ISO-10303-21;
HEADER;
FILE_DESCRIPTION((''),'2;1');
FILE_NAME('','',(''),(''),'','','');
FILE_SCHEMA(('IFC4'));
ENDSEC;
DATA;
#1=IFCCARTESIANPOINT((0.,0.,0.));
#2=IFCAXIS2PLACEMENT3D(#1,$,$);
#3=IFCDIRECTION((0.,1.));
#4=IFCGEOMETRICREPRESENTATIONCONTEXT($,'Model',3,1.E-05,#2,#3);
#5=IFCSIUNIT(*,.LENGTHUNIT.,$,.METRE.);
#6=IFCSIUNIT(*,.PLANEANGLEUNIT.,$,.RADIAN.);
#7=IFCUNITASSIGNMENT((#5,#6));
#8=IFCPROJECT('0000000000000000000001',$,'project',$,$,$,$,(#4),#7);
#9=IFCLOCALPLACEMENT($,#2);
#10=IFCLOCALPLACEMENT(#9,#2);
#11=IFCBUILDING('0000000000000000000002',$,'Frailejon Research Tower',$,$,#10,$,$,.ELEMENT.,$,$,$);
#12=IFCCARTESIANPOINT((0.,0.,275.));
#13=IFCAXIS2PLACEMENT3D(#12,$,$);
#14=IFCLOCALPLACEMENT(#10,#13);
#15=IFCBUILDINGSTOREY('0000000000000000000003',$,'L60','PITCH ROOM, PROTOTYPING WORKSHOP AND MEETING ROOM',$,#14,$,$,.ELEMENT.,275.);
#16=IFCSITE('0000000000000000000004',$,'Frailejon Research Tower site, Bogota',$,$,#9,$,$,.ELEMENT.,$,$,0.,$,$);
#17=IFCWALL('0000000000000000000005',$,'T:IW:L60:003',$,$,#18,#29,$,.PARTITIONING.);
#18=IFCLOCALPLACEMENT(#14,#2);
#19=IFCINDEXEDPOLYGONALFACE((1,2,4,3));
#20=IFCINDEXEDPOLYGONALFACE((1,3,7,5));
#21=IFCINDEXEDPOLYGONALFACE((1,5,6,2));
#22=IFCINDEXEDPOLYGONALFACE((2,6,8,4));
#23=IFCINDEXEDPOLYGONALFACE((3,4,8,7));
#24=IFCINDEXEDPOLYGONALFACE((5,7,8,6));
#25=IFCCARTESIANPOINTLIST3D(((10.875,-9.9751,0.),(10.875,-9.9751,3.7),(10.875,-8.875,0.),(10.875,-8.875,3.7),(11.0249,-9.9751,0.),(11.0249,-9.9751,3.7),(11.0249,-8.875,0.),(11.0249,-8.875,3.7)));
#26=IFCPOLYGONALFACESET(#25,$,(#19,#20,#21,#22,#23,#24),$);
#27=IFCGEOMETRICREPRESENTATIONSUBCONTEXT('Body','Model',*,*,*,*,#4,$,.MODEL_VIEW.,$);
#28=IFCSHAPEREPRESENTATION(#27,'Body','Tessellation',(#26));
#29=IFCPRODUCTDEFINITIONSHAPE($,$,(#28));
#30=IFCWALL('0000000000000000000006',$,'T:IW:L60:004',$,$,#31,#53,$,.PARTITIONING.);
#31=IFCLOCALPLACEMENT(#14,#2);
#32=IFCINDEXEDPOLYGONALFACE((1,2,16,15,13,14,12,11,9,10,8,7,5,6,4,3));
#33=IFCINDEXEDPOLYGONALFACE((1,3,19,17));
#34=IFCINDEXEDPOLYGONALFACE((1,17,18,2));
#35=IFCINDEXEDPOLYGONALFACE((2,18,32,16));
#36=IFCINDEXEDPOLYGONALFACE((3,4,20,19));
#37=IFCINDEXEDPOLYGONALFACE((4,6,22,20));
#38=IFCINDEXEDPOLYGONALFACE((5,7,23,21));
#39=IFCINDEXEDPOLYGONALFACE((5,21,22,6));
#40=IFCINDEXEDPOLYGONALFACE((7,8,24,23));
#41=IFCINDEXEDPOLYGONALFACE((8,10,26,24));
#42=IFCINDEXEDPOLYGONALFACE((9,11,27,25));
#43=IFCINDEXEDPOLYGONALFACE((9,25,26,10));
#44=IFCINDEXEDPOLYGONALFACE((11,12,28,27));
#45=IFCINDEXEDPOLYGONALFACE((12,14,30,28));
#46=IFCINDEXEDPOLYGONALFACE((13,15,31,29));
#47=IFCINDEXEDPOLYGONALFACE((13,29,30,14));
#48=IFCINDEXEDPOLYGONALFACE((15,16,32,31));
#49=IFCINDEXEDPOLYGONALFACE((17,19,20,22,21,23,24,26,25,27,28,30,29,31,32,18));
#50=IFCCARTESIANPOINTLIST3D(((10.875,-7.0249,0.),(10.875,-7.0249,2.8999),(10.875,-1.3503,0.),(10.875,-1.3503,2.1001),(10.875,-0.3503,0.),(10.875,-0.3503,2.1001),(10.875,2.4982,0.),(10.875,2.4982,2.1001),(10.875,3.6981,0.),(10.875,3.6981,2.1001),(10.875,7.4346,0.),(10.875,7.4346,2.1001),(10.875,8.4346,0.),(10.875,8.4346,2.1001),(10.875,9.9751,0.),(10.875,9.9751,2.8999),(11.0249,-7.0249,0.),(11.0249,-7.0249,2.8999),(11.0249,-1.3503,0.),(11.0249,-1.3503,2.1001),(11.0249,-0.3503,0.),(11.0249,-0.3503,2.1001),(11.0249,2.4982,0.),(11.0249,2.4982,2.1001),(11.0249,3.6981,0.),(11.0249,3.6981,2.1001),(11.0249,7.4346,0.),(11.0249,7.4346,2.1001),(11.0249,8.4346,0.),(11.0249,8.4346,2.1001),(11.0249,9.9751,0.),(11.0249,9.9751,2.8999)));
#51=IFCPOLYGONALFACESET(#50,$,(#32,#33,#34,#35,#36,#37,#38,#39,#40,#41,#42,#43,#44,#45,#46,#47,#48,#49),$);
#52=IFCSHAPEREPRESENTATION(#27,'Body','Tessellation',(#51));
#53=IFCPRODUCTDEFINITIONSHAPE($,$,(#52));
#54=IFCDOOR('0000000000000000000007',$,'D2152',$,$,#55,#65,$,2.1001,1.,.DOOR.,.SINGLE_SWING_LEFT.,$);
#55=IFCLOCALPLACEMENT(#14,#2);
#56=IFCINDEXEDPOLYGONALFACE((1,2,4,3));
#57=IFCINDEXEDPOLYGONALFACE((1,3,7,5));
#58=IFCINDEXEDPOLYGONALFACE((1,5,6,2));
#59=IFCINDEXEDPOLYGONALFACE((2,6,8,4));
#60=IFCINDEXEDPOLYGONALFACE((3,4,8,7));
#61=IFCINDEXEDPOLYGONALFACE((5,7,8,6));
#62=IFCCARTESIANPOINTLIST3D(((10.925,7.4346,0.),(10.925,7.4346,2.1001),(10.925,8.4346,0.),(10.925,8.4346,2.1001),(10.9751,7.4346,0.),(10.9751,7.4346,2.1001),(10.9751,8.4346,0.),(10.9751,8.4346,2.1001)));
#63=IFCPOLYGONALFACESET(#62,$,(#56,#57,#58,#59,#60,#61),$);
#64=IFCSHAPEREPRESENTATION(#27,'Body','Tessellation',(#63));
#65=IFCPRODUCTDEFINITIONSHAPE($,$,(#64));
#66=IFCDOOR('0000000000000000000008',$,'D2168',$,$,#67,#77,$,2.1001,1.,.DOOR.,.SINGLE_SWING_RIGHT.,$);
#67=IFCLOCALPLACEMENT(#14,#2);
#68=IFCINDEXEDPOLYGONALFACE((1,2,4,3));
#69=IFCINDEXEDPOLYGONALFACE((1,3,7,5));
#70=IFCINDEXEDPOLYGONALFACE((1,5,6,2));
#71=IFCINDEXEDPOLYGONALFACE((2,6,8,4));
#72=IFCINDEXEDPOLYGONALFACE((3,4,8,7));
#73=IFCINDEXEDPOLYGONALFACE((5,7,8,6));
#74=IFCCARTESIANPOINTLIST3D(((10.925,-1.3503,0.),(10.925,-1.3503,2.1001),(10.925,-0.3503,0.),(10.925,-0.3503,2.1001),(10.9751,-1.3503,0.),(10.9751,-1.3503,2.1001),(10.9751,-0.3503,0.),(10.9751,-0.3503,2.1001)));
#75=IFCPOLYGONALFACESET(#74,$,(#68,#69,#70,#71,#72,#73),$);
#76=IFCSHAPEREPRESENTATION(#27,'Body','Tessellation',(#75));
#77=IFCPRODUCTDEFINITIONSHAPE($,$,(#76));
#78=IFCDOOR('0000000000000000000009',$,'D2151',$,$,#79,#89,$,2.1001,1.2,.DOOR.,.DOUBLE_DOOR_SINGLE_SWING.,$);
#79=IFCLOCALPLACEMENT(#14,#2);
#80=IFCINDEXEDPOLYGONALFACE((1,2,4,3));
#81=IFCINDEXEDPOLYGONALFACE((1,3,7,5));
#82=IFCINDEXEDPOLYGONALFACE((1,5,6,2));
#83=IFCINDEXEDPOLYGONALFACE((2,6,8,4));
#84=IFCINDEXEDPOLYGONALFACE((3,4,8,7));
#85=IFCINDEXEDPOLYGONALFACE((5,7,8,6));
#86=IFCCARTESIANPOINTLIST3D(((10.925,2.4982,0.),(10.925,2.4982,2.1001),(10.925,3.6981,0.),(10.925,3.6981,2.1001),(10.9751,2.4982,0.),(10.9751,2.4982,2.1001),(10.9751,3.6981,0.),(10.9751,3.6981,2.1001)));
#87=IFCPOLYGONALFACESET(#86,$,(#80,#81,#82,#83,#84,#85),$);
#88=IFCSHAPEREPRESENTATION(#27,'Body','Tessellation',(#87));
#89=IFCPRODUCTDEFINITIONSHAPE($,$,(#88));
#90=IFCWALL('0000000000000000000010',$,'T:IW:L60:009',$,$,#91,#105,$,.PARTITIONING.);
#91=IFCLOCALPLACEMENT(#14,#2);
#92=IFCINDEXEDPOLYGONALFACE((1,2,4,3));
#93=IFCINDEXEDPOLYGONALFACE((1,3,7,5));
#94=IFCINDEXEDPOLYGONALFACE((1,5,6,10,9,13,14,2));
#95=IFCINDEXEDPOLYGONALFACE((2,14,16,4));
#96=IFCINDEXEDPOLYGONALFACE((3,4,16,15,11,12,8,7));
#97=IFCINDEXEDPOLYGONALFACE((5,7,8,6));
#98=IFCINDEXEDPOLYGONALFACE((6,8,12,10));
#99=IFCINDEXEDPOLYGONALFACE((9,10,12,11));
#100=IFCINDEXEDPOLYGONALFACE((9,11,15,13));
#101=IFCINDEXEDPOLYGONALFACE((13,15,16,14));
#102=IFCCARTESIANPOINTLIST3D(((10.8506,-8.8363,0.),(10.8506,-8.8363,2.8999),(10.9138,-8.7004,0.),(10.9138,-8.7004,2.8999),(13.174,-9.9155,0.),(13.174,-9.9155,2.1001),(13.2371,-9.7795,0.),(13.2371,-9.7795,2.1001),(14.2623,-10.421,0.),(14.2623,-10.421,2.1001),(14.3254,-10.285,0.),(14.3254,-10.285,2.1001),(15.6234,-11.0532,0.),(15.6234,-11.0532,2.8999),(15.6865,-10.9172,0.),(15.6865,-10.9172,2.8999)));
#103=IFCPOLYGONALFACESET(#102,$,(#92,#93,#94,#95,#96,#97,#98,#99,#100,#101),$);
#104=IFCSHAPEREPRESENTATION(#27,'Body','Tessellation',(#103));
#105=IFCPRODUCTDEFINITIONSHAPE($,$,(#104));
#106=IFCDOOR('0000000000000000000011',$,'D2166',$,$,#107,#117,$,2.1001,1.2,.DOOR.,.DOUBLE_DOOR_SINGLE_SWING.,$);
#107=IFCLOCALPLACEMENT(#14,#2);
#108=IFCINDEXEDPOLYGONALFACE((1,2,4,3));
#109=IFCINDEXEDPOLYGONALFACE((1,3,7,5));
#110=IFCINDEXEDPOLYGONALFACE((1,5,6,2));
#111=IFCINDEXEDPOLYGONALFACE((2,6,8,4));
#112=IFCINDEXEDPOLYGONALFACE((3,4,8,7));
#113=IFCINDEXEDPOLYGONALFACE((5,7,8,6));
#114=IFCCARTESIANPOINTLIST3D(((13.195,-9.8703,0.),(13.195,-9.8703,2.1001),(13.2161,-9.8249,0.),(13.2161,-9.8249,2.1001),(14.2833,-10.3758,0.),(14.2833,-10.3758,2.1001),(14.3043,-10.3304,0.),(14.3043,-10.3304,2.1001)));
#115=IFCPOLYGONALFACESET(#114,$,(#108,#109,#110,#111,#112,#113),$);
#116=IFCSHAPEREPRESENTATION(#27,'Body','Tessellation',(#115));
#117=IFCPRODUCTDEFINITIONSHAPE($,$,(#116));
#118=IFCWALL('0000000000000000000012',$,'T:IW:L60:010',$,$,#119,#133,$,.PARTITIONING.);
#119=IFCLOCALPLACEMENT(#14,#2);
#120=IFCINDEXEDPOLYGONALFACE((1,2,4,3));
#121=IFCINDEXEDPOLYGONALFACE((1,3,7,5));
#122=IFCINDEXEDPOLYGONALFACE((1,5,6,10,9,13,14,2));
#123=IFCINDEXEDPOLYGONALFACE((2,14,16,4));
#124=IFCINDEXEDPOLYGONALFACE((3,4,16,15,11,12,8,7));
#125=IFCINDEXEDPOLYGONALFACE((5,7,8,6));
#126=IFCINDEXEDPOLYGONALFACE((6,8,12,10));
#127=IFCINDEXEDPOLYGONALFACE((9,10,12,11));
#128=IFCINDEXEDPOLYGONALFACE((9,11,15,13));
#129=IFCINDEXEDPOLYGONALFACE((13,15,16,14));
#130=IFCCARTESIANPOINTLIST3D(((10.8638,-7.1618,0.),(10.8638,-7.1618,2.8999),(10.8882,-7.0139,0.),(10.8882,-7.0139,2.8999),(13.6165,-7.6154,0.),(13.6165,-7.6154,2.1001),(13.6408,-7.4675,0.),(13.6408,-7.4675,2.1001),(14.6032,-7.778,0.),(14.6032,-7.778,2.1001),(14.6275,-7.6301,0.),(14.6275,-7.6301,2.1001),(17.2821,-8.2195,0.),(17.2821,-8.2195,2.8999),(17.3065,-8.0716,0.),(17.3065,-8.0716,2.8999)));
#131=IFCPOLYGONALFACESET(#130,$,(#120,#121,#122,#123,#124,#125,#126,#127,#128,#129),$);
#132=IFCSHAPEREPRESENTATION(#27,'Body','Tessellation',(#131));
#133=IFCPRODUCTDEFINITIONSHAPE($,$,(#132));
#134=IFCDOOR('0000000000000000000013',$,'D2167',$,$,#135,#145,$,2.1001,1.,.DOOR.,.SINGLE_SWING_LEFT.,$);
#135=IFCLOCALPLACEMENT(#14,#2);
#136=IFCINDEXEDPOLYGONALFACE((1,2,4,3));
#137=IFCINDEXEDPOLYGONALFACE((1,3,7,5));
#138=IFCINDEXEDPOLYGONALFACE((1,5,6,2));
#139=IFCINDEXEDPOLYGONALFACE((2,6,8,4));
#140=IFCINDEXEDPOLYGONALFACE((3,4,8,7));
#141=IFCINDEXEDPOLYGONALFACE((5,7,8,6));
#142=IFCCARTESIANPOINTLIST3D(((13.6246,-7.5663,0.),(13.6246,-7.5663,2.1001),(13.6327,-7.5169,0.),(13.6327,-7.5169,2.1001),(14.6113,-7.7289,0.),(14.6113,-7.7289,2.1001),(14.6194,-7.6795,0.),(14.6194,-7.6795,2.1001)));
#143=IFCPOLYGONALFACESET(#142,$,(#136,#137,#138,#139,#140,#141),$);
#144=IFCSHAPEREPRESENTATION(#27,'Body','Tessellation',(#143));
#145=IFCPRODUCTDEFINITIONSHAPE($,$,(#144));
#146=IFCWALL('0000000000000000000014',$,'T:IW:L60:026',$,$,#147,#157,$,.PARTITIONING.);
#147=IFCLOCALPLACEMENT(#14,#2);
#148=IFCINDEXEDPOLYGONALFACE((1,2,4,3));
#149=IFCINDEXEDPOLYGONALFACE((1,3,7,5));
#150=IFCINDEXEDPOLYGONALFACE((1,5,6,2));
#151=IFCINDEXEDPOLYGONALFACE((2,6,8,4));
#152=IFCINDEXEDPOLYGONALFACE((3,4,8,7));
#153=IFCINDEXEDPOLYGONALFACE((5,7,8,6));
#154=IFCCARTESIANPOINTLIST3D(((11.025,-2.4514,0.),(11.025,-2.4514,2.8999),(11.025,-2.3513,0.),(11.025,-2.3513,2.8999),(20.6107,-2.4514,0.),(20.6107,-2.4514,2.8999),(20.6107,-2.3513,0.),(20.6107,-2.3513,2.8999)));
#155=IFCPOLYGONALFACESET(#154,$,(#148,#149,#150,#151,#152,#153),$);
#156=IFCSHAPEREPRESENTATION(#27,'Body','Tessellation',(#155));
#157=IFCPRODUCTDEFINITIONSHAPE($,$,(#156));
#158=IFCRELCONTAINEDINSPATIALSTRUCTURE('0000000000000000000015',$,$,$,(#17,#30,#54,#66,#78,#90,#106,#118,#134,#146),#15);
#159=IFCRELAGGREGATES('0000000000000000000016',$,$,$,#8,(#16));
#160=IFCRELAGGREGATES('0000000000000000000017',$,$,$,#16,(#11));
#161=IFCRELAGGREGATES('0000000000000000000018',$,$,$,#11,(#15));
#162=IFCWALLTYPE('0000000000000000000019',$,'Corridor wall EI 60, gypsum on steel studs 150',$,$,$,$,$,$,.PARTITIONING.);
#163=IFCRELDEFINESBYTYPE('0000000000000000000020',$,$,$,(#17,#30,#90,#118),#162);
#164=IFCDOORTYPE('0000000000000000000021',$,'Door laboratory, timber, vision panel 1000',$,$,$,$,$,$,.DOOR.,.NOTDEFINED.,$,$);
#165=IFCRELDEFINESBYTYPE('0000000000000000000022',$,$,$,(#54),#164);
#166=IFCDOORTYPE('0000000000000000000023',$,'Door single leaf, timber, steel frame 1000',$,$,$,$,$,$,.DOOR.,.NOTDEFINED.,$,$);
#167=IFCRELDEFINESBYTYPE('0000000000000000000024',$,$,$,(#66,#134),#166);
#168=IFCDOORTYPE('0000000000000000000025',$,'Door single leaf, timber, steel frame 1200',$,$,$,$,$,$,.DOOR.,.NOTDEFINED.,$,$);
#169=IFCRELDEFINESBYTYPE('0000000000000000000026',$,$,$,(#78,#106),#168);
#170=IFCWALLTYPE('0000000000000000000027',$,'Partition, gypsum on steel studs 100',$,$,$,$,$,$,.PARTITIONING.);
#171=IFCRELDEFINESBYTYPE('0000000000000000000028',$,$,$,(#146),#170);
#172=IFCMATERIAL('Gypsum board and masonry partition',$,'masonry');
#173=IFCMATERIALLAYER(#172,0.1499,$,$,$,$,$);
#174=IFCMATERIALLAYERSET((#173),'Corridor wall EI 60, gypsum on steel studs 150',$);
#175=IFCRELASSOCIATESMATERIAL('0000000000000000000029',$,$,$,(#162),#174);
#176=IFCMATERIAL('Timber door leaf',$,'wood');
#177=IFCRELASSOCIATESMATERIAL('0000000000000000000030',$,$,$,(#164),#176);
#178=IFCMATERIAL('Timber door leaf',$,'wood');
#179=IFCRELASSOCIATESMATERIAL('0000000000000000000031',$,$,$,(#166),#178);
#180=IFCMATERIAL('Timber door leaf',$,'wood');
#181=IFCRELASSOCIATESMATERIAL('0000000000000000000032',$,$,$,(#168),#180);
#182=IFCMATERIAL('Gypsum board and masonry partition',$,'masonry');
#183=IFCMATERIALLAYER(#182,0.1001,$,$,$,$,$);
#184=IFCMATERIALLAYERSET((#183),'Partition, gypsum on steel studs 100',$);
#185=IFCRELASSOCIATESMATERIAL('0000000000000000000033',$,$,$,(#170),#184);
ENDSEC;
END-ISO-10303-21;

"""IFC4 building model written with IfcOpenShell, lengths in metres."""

from ifc_helpers import new_model, si_unit, direction, frame, frame_2d, origin, place, context, subcontext, project, spatial, rectangle, extrude, material, layer, layer_set, type_object, element, fill, save


model = new_model("IFC4")

# Units and contexts
model_context = context("Model", 3, precision=1e-05, world=origin(), true_north=direction((0.0, 1.0)))
body_context = subcontext(model_context, "Body", "Model", "MODEL_VIEW")
ifc_project = project(units=[si_unit("LENGTHUNIT", "METRE"), si_unit("PLANEANGLEUNIT", "RADIAN")], contexts=[model_context])

# Site, building, storey
site_placement = place(None, origin())
site = spatial("IfcSite", under=ifc_project, at=site_placement, Name="Frailejon Research Tower site, Bogota", CompositionType="ELEMENT", RefElevation=0.0)
building_placement = place(site_placement, origin())
building = spatial("IfcBuilding", under=site, at=building_placement, Name="Frailejon Research Tower", CompositionType="ELEMENT")
storey_placement = place(building_placement, frame((0.0, 0.0, 275.0)))
storey = spatial("IfcBuildingStorey", under=building, at=storey_placement, Name="L60", Description="PITCH ROOM, PROTOTYPING WORKSHOP AND MEETING ROOM", CompositionType="ELEMENT", Elevation=275.0)

# Wall
ifc_material_1 = material(Name="Gypsum board and masonry partition", Category="masonry")
ifc_layer_1 = layer(ifc_material_1, 0.1499)
ifc_layer_set_1 = layer_set([ifc_layer_1], Name="Corridor wall EI 60, gypsum on steel studs 150")
wall_type_1 = type_object("IfcWallType", Name="Corridor wall EI 60, gypsum on steel studs 150", PredefinedType="PARTITIONING", material=ifc_layer_set_1)
wall_1_placement = place(storey_placement, frame((10.95, -9.9751, 0.0), z_axis=(0.0, 0.0, 1.0), x_axis=(0.0, 1.0, 0.0)))
element("IfcWall", 1, at=wall_1_placement, inside=storey, type_object=wall_type_1, Name="T:IW:L60:003", PredefinedType="PARTITIONING", context=body_context, shape_type="SweptSolid", body=[
    extrude(rectangle(XDim=1.1001, YDim=0.1499, at=frame_2d((0.55, 0.0))), origin(), (0.0, 0.0, 1.0), 3.7),
])

# Wall, openings, doors
wall_2_placement = place(storey_placement, frame((10.95, -7.0249, 0.0), z_axis=(0.0, 0.0, 1.0), x_axis=(0.0, 1.0, 0.0)))
wall_2 = element("IfcWall", 2, at=wall_2_placement, inside=storey, type_object=wall_type_1, Name="T:IW:L60:004", PredefinedType="PARTITIONING", context=body_context, shape_type="SweptSolid", body=[
    extrude(rectangle(XDim=17.0, YDim=0.1499, at=frame_2d((8.5, 0.0))), origin(), (0.0, 0.0, 1.0), 2.8999),
])
opening_1_placement = place(wall_2_placement, frame((9.5229, 0.0, 0.0)))
opening_1 = element("IfcOpeningElement", 3, at=opening_1_placement, cuts=wall_2, PredefinedType="OPENING", context=body_context, shape_type="SweptSolid", body=[
    extrude(rectangle(XDim=1.2, YDim=2.1001, at=frame_2d((0.6001, 1.05))), frame((0.0, 0.085, 0.0), z_axis=(0.0, -1.0, 0.0), x_axis=(1.0, 0.0, 0.0)), (0.0, 0.0, 1.0), 0.1699),
])
opening_2_placement = place(wall_2_placement, frame((14.4595, 0.0, 0.0)))
opening_2 = element("IfcOpeningElement", 4, at=opening_2_placement, cuts=wall_2, PredefinedType="OPENING", context=body_context, shape_type="SweptSolid", body=[
    extrude(rectangle(XDim=1.0, YDim=2.1001, at=frame_2d((0.5, 1.05))), frame((0.0, 0.085, 0.0), z_axis=(0.0, -1.0, 0.0), x_axis=(1.0, 0.0, 0.0)), (0.0, 0.0, 1.0), 0.1699),
])
opening_3_placement = place(wall_2_placement, frame((5.6746, 0.0, 0.0)))
opening_3 = element("IfcOpeningElement", 5, at=opening_3_placement, cuts=wall_2, PredefinedType="OPENING", context=body_context, shape_type="SweptSolid", body=[
    extrude(rectangle(XDim=1.0, YDim=2.1001, at=frame_2d((0.5, 1.05))), frame((0.0, 0.085, 0.0), z_axis=(0.0, -1.0, 0.0), x_axis=(1.0, 0.0, 0.0)), (0.0, 0.0, 1.0), 0.1699),
])
ifc_material_2 = material(Name="Timber door leaf", Category="wood")
door_type_1 = type_object("IfcDoorType", Name="Door laboratory, timber, vision panel 1000", OperationType="NOTDEFINED", PredefinedType="DOOR", material=ifc_material_2)
door_1_placement = place(opening_2_placement, origin())
door_1 = element("IfcDoor", 6, at=door_1_placement, inside=storey, type_object=door_type_1, Name="D2152", OperationType="SINGLE_SWING_LEFT", OverallHeight=2.1001, OverallWidth=1.0, PredefinedType="DOOR", context=body_context, shape_type="SweptSolid", body=[
    extrude(rectangle(XDim=1.0, YDim=2.1001, at=frame_2d((0.5, 1.05))), frame((0.0, 0.0249, 0.0), z_axis=(0.0, -1.0, 0.0), x_axis=(1.0, 0.0, 0.0)), (0.0, 0.0, 1.0), 0.05),
])
fill(opening_2, door_1)
ifc_material_3 = material(Name="Timber door leaf", Category="wood")
door_type_2 = type_object("IfcDoorType", Name="Door single leaf, timber, steel frame 1000", OperationType="NOTDEFINED", PredefinedType="DOOR", material=ifc_material_3)
door_2_placement = place(opening_3_placement, origin())
door_2 = element("IfcDoor", 7, at=door_2_placement, inside=storey, type_object=door_type_2, Name="D2168", OperationType="SINGLE_SWING_RIGHT", OverallHeight=2.1001, OverallWidth=1.0, PredefinedType="DOOR", context=body_context, shape_type="SweptSolid", body=[
    extrude(rectangle(XDim=1.0, YDim=2.1001, at=frame_2d((0.5, 1.05))), frame((0.0, 0.0249, 0.0), z_axis=(0.0, -1.0, 0.0), x_axis=(1.0, 0.0, 0.0)), (0.0, 0.0, 1.0), 0.05),
])
fill(opening_3, door_2)
ifc_material_4 = material(Name="Timber door leaf", Category="wood")
door_type_3 = type_object("IfcDoorType", Name="Door single leaf, timber, steel frame 1200", OperationType="NOTDEFINED", PredefinedType="DOOR", material=ifc_material_4)
door_3_placement = place(opening_1_placement, origin())
door_3 = element("IfcDoor", 8, at=door_3_placement, inside=storey, type_object=door_type_3, Name="D2151", OperationType="DOUBLE_DOOR_SINGLE_SWING", OverallHeight=2.1001, OverallWidth=1.2, PredefinedType="DOOR", context=body_context, shape_type="SweptSolid", body=[
    extrude(rectangle(XDim=1.2, YDim=2.1001, at=frame_2d((0.6001, 1.05))), frame((0.0, 0.0249, 0.0), z_axis=(0.0, -1.0, 0.0), x_axis=(1.0, 0.0, 0.0)), (0.0, 0.0, 1.0), 0.05),
])
fill(opening_1, door_3)

# Walls, openings, doors
wall_3_placement = place(storey_placement, frame((10.8821, -8.7683, 0.0), z_axis=(0.0, 0.0, 1.0), x_axis=(0.906944, -0.421252, 0.0)))
wall_3 = element("IfcWall", 9, at=wall_3_placement, inside=storey, type_object=wall_type_1, Name="T:IW:L60:009", PredefinedType="PARTITIONING", context=body_context, shape_type="SweptSolid", body=[
    extrude(rectangle(XDim=5.2625, YDim=0.1499, at=frame_2d((2.6313, 0.0))), origin(), (0.0, 0.0, 1.0), 2.8999),
])
opening_4_placement = place(wall_3_placement, frame((2.5618, 0.0, 0.0)))
opening_4 = element("IfcOpeningElement", 10, at=opening_4_placement, cuts=wall_3, PredefinedType="OPENING", context=body_context, shape_type="SweptSolid", body=[
    extrude(rectangle(XDim=1.2, YDim=2.1001, at=frame_2d((0.6001, 1.05))), frame((0.0, 0.085, 0.0), z_axis=(0.0, -1.0, 0.0), x_axis=(1.0, 0.0, 0.0)), (0.0, 0.0, 1.0), 0.1699),
])
door_4_placement = place(opening_4_placement, origin())
door_4 = element("IfcDoor", 11, at=door_4_placement, inside=storey, type_object=door_type_3, Name="D2166", OperationType="DOUBLE_DOOR_SINGLE_SWING", OverallHeight=2.1001, OverallWidth=1.2, PredefinedType="DOOR", context=body_context, shape_type="SweptSolid", body=[
    extrude(rectangle(XDim=1.2, YDim=2.1001, at=frame_2d((0.6001, 1.05))), frame((0.0, 0.0249, 0.0), z_axis=(0.0, -1.0, 0.0), x_axis=(1.0, 0.0, 0.0)), (0.0, 0.0, 1.0), 0.05),
])
fill(opening_4, door_4)
wall_4_placement = place(storey_placement, frame((10.876, -7.0879, 0.0), z_axis=(0.0, 0.0, 1.0), x_axis=(0.986694, -0.162591, 0.0)))
wall_4 = element("IfcWall", 12, at=wall_4_placement, inside=storey, type_object=wall_type_1, Name="T:IW:L60:010", PredefinedType="PARTITIONING", context=body_context, shape_type="SweptSolid", body=[
    extrude(rectangle(XDim=6.5049, YDim=0.1499, at=frame_2d((3.2524, 0.0))), origin(), (0.0, 0.0, 1.0), 2.8999),
])
opening_5_placement = place(wall_4_placement, frame((2.7898, 0.0, 0.0)))
opening_5 = element("IfcOpeningElement", 13, at=opening_5_placement, cuts=wall_4, PredefinedType="OPENING", context=body_context, shape_type="SweptSolid", body=[
    extrude(rectangle(XDim=1.0, YDim=2.1001, at=frame_2d((0.5, 1.05))), frame((0.0, 0.085, 0.0), z_axis=(0.0, -1.0, 0.0), x_axis=(1.0, 0.0, 0.0)), (0.0, 0.0, 1.0), 0.1699),
])
door_5_placement = place(opening_5_placement, origin())
door_5 = element("IfcDoor", 14, at=door_5_placement, inside=storey, type_object=door_type_2, Name="D2167", OperationType="SINGLE_SWING_LEFT", OverallHeight=2.1001, OverallWidth=1.0, PredefinedType="DOOR", context=body_context, shape_type="SweptSolid", body=[
    extrude(rectangle(XDim=1.0, YDim=2.1001, at=frame_2d((0.5, 1.05))), frame((0.0, 0.0249, 0.0), z_axis=(0.0, -1.0, 0.0), x_axis=(1.0, 0.0, 0.0)), (0.0, 0.0, 1.0), 0.05),
])
fill(opening_5, door_5)

# Wall
ifc_material_5 = material(Name="Gypsum board and masonry partition", Category="masonry")
ifc_layer_2 = layer(ifc_material_5, 0.1001)
ifc_layer_set_2 = layer_set([ifc_layer_2], Name="Partition, gypsum on steel studs 100")
wall_type_2 = type_object("IfcWallType", Name="Partition, gypsum on steel studs 100", PredefinedType="PARTITIONING", material=ifc_layer_set_2)
wall_5_placement = place(storey_placement, frame((11.0249, -2.4014, 0.0), z_axis=(0.0, 0.0, 1.0), x_axis=(1.0, 0.0, 0.0)))
element("IfcWall", 15, at=wall_5_placement, inside=storey, type_object=wall_type_2, Name="T:IW:L60:026", PredefinedType="PARTITIONING", context=body_context, shape_type="SweptSolid", body=[
    extrude(rectangle(XDim=9.5857, YDim=0.1001, at=frame_2d((4.793, 0.0))), origin(), (0.0, 0.0, 1.0), 2.8999),
])

save(model, "model.ifc")
